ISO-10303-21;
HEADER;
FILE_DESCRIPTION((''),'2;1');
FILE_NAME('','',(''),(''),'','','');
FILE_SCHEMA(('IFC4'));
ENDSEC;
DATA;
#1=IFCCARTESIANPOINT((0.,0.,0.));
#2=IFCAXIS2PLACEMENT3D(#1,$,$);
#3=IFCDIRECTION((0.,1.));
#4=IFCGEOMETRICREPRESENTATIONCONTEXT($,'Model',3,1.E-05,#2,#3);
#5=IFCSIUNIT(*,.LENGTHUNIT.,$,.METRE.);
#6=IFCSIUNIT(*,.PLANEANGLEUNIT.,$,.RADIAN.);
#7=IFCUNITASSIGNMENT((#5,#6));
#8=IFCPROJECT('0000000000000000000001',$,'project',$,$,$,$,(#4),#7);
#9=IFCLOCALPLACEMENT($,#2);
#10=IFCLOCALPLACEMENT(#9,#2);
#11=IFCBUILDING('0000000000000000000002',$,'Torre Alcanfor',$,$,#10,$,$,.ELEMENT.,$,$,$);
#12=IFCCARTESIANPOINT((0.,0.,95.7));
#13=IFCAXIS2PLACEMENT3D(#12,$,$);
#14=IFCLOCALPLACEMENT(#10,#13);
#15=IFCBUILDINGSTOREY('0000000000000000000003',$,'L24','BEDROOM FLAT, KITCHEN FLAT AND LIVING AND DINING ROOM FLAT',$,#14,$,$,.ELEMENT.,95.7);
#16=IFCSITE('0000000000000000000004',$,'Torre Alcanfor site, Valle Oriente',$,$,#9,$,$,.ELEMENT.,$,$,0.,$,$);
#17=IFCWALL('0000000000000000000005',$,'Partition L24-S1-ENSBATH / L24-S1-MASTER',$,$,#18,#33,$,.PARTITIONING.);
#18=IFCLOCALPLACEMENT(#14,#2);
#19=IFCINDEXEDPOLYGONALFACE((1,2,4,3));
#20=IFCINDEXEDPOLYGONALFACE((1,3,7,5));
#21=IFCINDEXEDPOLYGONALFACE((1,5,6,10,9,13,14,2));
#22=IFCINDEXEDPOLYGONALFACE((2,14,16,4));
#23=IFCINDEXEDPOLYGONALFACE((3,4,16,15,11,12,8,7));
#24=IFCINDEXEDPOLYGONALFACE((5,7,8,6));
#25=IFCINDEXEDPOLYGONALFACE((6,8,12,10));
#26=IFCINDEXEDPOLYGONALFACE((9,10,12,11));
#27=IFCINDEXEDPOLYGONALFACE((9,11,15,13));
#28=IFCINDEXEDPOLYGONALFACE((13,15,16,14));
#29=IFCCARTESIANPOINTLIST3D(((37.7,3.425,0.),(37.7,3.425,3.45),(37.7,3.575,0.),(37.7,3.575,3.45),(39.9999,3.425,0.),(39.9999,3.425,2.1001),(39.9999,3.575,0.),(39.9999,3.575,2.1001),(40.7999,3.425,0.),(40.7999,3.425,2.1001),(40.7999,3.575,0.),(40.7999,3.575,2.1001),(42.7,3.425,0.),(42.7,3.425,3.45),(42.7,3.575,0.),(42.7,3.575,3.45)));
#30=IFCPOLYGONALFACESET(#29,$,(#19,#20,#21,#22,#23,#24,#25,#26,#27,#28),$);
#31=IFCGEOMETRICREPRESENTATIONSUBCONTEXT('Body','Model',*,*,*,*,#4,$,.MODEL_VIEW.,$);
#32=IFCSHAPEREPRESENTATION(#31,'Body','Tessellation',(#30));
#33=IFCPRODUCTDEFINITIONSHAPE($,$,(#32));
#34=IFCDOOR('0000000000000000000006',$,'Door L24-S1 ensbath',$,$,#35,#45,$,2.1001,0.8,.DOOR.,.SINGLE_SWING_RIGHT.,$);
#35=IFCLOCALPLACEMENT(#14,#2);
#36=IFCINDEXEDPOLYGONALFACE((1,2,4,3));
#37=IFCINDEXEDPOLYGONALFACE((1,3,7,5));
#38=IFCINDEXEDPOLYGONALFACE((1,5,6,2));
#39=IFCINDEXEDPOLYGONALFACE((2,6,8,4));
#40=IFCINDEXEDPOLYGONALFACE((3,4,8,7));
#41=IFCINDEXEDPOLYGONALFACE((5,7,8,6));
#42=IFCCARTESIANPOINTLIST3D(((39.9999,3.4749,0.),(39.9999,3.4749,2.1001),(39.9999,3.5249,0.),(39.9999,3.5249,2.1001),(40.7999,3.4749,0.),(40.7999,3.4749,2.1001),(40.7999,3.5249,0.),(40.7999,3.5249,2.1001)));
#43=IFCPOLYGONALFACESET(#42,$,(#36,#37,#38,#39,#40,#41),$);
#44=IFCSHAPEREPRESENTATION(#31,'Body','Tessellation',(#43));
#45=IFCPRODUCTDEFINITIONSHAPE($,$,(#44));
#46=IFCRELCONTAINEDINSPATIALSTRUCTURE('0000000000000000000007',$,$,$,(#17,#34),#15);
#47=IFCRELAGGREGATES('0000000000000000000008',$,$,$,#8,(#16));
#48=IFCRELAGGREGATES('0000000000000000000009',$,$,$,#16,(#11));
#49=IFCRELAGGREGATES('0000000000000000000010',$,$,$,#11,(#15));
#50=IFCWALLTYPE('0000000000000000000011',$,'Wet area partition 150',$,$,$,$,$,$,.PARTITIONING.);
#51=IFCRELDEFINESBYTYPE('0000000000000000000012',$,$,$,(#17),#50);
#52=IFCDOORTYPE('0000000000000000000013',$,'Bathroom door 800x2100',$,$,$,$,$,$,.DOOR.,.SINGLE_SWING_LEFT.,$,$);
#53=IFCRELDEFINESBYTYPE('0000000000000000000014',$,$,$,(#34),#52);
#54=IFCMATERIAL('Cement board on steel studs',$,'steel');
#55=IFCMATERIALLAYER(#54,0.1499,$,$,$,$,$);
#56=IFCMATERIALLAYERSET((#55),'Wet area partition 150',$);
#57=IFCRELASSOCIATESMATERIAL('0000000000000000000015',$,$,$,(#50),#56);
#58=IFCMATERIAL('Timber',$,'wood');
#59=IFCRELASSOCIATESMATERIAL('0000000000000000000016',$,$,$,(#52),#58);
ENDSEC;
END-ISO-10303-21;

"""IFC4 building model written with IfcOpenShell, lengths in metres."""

from ifc_helpers import new_model, si_unit, direction, frame, frame_2d, origin, place, context, subcontext, project, spatial, rectangle, extrude, material, layer, layer_set, type_object, element, fill, save


model = new_model("IFC4")

# Units and contexts
model_context = context("Model", 3, precision=1e-05, world=origin(), true_north=direction((0.0, 1.0)))
body_context = subcontext(model_context, "Body", "Model", "MODEL_VIEW")
ifc_project = project(units=[si_unit("LENGTHUNIT", "METRE"), si_unit("PLANEANGLEUNIT", "RADIAN")], contexts=[model_context])

# Site, building, storey
site_placement = place(None, origin())
site = spatial("IfcSite", under=ifc_project, at=site_placement, Name="Torre Alcanfor site, Valle Oriente", CompositionType="ELEMENT", RefElevation=0.0)
building_placement = place(site_placement, origin())
building = spatial("IfcBuilding", under=site, at=building_placement, Name="Torre Alcanfor", CompositionType="ELEMENT")
storey_placement = place(building_placement, frame((0.0, 0.0, 95.7)))
storey = spatial("IfcBuildingStorey", under=building, at=storey_placement, Name="L24", Description="BEDROOM FLAT, KITCHEN FLAT AND LIVING AND DINING ROOM FLAT", CompositionType="ELEMENT", Elevation=95.7)

# Shared definitions
ifc_material_1 = material(Name="Cement board on steel studs", Category="steel")
ifc_layer_1 = layer(ifc_material_1, 0.1499)
ifc_layer_set_1 = layer_set([ifc_layer_1], Name="Wet area partition 150")
wall_type_1 = type_object("IfcWallType", Name="Wet area partition 150", PredefinedType="PARTITIONING", material=ifc_layer_set_1)

# Wall, opening, door
wall_1_placement = place(storey_placement, frame((37.7, 3.5, 0.0), z_axis=(0.0, 0.0, 1.0), x_axis=(1.0, 0.0, 0.0)))
wall_1 = element("IfcWall", 1, at=wall_1_placement, inside=storey, type_object=wall_type_1, Name="Partition L24-S1-ENSBATH / L24-S1-MASTER", PredefinedType="PARTITIONING", context=body_context, shape_type="SweptSolid", body=[
    extrude(rectangle(XDim=5.0, YDim=0.1499, at=frame_2d((2.5, 0.0))), origin(), (0.0, 0.0, 1.0), 3.45),
])
opening_1_placement = place(wall_1_placement, frame((2.3, 0.0, 0.0)))
opening_1 = element("IfcOpeningElement", 2, at=opening_1_placement, cuts=wall_1, PredefinedType="OPENING", context=body_context, shape_type="SweptSolid", body=[
    extrude(rectangle(XDim=0.8, YDim=2.1001, at=frame_2d((0.3999, 1.05))), frame((0.0, 0.085, 0.0), z_axis=(0.0, -1.0, 0.0), x_axis=(1.0, 0.0, 0.0)), (0.0, 0.0, 1.0), 0.1699),
])
ifc_material_2 = material(Name="Timber", Category="wood")
door_type_1 = type_object("IfcDoorType", Name="Bathroom door 800x2100", OperationType="SINGLE_SWING_LEFT", PredefinedType="DOOR", material=ifc_material_2)
door_1_placement = place(opening_1_placement, origin())
door_1 = element("IfcDoor", 3, at=door_1_placement, inside=storey, type_object=door_type_1, Name="Door L24-S1 ensbath", OperationType="SINGLE_SWING_RIGHT", OverallHeight=2.1001, OverallWidth=0.8, PredefinedType="DOOR", context=body_context, shape_type="SweptSolid", body=[
    extrude(rectangle(XDim=0.8, YDim=2.1001, at=frame_2d((0.3999, 1.05))), frame((0.0, 0.0249, 0.0), z_axis=(0.0, -1.0, 0.0), x_axis=(1.0, 0.0, 0.0)), (0.0, 0.0, 1.0), 0.05),
])
fill(opening_1, door_1)

save(model, "model.ifc")
